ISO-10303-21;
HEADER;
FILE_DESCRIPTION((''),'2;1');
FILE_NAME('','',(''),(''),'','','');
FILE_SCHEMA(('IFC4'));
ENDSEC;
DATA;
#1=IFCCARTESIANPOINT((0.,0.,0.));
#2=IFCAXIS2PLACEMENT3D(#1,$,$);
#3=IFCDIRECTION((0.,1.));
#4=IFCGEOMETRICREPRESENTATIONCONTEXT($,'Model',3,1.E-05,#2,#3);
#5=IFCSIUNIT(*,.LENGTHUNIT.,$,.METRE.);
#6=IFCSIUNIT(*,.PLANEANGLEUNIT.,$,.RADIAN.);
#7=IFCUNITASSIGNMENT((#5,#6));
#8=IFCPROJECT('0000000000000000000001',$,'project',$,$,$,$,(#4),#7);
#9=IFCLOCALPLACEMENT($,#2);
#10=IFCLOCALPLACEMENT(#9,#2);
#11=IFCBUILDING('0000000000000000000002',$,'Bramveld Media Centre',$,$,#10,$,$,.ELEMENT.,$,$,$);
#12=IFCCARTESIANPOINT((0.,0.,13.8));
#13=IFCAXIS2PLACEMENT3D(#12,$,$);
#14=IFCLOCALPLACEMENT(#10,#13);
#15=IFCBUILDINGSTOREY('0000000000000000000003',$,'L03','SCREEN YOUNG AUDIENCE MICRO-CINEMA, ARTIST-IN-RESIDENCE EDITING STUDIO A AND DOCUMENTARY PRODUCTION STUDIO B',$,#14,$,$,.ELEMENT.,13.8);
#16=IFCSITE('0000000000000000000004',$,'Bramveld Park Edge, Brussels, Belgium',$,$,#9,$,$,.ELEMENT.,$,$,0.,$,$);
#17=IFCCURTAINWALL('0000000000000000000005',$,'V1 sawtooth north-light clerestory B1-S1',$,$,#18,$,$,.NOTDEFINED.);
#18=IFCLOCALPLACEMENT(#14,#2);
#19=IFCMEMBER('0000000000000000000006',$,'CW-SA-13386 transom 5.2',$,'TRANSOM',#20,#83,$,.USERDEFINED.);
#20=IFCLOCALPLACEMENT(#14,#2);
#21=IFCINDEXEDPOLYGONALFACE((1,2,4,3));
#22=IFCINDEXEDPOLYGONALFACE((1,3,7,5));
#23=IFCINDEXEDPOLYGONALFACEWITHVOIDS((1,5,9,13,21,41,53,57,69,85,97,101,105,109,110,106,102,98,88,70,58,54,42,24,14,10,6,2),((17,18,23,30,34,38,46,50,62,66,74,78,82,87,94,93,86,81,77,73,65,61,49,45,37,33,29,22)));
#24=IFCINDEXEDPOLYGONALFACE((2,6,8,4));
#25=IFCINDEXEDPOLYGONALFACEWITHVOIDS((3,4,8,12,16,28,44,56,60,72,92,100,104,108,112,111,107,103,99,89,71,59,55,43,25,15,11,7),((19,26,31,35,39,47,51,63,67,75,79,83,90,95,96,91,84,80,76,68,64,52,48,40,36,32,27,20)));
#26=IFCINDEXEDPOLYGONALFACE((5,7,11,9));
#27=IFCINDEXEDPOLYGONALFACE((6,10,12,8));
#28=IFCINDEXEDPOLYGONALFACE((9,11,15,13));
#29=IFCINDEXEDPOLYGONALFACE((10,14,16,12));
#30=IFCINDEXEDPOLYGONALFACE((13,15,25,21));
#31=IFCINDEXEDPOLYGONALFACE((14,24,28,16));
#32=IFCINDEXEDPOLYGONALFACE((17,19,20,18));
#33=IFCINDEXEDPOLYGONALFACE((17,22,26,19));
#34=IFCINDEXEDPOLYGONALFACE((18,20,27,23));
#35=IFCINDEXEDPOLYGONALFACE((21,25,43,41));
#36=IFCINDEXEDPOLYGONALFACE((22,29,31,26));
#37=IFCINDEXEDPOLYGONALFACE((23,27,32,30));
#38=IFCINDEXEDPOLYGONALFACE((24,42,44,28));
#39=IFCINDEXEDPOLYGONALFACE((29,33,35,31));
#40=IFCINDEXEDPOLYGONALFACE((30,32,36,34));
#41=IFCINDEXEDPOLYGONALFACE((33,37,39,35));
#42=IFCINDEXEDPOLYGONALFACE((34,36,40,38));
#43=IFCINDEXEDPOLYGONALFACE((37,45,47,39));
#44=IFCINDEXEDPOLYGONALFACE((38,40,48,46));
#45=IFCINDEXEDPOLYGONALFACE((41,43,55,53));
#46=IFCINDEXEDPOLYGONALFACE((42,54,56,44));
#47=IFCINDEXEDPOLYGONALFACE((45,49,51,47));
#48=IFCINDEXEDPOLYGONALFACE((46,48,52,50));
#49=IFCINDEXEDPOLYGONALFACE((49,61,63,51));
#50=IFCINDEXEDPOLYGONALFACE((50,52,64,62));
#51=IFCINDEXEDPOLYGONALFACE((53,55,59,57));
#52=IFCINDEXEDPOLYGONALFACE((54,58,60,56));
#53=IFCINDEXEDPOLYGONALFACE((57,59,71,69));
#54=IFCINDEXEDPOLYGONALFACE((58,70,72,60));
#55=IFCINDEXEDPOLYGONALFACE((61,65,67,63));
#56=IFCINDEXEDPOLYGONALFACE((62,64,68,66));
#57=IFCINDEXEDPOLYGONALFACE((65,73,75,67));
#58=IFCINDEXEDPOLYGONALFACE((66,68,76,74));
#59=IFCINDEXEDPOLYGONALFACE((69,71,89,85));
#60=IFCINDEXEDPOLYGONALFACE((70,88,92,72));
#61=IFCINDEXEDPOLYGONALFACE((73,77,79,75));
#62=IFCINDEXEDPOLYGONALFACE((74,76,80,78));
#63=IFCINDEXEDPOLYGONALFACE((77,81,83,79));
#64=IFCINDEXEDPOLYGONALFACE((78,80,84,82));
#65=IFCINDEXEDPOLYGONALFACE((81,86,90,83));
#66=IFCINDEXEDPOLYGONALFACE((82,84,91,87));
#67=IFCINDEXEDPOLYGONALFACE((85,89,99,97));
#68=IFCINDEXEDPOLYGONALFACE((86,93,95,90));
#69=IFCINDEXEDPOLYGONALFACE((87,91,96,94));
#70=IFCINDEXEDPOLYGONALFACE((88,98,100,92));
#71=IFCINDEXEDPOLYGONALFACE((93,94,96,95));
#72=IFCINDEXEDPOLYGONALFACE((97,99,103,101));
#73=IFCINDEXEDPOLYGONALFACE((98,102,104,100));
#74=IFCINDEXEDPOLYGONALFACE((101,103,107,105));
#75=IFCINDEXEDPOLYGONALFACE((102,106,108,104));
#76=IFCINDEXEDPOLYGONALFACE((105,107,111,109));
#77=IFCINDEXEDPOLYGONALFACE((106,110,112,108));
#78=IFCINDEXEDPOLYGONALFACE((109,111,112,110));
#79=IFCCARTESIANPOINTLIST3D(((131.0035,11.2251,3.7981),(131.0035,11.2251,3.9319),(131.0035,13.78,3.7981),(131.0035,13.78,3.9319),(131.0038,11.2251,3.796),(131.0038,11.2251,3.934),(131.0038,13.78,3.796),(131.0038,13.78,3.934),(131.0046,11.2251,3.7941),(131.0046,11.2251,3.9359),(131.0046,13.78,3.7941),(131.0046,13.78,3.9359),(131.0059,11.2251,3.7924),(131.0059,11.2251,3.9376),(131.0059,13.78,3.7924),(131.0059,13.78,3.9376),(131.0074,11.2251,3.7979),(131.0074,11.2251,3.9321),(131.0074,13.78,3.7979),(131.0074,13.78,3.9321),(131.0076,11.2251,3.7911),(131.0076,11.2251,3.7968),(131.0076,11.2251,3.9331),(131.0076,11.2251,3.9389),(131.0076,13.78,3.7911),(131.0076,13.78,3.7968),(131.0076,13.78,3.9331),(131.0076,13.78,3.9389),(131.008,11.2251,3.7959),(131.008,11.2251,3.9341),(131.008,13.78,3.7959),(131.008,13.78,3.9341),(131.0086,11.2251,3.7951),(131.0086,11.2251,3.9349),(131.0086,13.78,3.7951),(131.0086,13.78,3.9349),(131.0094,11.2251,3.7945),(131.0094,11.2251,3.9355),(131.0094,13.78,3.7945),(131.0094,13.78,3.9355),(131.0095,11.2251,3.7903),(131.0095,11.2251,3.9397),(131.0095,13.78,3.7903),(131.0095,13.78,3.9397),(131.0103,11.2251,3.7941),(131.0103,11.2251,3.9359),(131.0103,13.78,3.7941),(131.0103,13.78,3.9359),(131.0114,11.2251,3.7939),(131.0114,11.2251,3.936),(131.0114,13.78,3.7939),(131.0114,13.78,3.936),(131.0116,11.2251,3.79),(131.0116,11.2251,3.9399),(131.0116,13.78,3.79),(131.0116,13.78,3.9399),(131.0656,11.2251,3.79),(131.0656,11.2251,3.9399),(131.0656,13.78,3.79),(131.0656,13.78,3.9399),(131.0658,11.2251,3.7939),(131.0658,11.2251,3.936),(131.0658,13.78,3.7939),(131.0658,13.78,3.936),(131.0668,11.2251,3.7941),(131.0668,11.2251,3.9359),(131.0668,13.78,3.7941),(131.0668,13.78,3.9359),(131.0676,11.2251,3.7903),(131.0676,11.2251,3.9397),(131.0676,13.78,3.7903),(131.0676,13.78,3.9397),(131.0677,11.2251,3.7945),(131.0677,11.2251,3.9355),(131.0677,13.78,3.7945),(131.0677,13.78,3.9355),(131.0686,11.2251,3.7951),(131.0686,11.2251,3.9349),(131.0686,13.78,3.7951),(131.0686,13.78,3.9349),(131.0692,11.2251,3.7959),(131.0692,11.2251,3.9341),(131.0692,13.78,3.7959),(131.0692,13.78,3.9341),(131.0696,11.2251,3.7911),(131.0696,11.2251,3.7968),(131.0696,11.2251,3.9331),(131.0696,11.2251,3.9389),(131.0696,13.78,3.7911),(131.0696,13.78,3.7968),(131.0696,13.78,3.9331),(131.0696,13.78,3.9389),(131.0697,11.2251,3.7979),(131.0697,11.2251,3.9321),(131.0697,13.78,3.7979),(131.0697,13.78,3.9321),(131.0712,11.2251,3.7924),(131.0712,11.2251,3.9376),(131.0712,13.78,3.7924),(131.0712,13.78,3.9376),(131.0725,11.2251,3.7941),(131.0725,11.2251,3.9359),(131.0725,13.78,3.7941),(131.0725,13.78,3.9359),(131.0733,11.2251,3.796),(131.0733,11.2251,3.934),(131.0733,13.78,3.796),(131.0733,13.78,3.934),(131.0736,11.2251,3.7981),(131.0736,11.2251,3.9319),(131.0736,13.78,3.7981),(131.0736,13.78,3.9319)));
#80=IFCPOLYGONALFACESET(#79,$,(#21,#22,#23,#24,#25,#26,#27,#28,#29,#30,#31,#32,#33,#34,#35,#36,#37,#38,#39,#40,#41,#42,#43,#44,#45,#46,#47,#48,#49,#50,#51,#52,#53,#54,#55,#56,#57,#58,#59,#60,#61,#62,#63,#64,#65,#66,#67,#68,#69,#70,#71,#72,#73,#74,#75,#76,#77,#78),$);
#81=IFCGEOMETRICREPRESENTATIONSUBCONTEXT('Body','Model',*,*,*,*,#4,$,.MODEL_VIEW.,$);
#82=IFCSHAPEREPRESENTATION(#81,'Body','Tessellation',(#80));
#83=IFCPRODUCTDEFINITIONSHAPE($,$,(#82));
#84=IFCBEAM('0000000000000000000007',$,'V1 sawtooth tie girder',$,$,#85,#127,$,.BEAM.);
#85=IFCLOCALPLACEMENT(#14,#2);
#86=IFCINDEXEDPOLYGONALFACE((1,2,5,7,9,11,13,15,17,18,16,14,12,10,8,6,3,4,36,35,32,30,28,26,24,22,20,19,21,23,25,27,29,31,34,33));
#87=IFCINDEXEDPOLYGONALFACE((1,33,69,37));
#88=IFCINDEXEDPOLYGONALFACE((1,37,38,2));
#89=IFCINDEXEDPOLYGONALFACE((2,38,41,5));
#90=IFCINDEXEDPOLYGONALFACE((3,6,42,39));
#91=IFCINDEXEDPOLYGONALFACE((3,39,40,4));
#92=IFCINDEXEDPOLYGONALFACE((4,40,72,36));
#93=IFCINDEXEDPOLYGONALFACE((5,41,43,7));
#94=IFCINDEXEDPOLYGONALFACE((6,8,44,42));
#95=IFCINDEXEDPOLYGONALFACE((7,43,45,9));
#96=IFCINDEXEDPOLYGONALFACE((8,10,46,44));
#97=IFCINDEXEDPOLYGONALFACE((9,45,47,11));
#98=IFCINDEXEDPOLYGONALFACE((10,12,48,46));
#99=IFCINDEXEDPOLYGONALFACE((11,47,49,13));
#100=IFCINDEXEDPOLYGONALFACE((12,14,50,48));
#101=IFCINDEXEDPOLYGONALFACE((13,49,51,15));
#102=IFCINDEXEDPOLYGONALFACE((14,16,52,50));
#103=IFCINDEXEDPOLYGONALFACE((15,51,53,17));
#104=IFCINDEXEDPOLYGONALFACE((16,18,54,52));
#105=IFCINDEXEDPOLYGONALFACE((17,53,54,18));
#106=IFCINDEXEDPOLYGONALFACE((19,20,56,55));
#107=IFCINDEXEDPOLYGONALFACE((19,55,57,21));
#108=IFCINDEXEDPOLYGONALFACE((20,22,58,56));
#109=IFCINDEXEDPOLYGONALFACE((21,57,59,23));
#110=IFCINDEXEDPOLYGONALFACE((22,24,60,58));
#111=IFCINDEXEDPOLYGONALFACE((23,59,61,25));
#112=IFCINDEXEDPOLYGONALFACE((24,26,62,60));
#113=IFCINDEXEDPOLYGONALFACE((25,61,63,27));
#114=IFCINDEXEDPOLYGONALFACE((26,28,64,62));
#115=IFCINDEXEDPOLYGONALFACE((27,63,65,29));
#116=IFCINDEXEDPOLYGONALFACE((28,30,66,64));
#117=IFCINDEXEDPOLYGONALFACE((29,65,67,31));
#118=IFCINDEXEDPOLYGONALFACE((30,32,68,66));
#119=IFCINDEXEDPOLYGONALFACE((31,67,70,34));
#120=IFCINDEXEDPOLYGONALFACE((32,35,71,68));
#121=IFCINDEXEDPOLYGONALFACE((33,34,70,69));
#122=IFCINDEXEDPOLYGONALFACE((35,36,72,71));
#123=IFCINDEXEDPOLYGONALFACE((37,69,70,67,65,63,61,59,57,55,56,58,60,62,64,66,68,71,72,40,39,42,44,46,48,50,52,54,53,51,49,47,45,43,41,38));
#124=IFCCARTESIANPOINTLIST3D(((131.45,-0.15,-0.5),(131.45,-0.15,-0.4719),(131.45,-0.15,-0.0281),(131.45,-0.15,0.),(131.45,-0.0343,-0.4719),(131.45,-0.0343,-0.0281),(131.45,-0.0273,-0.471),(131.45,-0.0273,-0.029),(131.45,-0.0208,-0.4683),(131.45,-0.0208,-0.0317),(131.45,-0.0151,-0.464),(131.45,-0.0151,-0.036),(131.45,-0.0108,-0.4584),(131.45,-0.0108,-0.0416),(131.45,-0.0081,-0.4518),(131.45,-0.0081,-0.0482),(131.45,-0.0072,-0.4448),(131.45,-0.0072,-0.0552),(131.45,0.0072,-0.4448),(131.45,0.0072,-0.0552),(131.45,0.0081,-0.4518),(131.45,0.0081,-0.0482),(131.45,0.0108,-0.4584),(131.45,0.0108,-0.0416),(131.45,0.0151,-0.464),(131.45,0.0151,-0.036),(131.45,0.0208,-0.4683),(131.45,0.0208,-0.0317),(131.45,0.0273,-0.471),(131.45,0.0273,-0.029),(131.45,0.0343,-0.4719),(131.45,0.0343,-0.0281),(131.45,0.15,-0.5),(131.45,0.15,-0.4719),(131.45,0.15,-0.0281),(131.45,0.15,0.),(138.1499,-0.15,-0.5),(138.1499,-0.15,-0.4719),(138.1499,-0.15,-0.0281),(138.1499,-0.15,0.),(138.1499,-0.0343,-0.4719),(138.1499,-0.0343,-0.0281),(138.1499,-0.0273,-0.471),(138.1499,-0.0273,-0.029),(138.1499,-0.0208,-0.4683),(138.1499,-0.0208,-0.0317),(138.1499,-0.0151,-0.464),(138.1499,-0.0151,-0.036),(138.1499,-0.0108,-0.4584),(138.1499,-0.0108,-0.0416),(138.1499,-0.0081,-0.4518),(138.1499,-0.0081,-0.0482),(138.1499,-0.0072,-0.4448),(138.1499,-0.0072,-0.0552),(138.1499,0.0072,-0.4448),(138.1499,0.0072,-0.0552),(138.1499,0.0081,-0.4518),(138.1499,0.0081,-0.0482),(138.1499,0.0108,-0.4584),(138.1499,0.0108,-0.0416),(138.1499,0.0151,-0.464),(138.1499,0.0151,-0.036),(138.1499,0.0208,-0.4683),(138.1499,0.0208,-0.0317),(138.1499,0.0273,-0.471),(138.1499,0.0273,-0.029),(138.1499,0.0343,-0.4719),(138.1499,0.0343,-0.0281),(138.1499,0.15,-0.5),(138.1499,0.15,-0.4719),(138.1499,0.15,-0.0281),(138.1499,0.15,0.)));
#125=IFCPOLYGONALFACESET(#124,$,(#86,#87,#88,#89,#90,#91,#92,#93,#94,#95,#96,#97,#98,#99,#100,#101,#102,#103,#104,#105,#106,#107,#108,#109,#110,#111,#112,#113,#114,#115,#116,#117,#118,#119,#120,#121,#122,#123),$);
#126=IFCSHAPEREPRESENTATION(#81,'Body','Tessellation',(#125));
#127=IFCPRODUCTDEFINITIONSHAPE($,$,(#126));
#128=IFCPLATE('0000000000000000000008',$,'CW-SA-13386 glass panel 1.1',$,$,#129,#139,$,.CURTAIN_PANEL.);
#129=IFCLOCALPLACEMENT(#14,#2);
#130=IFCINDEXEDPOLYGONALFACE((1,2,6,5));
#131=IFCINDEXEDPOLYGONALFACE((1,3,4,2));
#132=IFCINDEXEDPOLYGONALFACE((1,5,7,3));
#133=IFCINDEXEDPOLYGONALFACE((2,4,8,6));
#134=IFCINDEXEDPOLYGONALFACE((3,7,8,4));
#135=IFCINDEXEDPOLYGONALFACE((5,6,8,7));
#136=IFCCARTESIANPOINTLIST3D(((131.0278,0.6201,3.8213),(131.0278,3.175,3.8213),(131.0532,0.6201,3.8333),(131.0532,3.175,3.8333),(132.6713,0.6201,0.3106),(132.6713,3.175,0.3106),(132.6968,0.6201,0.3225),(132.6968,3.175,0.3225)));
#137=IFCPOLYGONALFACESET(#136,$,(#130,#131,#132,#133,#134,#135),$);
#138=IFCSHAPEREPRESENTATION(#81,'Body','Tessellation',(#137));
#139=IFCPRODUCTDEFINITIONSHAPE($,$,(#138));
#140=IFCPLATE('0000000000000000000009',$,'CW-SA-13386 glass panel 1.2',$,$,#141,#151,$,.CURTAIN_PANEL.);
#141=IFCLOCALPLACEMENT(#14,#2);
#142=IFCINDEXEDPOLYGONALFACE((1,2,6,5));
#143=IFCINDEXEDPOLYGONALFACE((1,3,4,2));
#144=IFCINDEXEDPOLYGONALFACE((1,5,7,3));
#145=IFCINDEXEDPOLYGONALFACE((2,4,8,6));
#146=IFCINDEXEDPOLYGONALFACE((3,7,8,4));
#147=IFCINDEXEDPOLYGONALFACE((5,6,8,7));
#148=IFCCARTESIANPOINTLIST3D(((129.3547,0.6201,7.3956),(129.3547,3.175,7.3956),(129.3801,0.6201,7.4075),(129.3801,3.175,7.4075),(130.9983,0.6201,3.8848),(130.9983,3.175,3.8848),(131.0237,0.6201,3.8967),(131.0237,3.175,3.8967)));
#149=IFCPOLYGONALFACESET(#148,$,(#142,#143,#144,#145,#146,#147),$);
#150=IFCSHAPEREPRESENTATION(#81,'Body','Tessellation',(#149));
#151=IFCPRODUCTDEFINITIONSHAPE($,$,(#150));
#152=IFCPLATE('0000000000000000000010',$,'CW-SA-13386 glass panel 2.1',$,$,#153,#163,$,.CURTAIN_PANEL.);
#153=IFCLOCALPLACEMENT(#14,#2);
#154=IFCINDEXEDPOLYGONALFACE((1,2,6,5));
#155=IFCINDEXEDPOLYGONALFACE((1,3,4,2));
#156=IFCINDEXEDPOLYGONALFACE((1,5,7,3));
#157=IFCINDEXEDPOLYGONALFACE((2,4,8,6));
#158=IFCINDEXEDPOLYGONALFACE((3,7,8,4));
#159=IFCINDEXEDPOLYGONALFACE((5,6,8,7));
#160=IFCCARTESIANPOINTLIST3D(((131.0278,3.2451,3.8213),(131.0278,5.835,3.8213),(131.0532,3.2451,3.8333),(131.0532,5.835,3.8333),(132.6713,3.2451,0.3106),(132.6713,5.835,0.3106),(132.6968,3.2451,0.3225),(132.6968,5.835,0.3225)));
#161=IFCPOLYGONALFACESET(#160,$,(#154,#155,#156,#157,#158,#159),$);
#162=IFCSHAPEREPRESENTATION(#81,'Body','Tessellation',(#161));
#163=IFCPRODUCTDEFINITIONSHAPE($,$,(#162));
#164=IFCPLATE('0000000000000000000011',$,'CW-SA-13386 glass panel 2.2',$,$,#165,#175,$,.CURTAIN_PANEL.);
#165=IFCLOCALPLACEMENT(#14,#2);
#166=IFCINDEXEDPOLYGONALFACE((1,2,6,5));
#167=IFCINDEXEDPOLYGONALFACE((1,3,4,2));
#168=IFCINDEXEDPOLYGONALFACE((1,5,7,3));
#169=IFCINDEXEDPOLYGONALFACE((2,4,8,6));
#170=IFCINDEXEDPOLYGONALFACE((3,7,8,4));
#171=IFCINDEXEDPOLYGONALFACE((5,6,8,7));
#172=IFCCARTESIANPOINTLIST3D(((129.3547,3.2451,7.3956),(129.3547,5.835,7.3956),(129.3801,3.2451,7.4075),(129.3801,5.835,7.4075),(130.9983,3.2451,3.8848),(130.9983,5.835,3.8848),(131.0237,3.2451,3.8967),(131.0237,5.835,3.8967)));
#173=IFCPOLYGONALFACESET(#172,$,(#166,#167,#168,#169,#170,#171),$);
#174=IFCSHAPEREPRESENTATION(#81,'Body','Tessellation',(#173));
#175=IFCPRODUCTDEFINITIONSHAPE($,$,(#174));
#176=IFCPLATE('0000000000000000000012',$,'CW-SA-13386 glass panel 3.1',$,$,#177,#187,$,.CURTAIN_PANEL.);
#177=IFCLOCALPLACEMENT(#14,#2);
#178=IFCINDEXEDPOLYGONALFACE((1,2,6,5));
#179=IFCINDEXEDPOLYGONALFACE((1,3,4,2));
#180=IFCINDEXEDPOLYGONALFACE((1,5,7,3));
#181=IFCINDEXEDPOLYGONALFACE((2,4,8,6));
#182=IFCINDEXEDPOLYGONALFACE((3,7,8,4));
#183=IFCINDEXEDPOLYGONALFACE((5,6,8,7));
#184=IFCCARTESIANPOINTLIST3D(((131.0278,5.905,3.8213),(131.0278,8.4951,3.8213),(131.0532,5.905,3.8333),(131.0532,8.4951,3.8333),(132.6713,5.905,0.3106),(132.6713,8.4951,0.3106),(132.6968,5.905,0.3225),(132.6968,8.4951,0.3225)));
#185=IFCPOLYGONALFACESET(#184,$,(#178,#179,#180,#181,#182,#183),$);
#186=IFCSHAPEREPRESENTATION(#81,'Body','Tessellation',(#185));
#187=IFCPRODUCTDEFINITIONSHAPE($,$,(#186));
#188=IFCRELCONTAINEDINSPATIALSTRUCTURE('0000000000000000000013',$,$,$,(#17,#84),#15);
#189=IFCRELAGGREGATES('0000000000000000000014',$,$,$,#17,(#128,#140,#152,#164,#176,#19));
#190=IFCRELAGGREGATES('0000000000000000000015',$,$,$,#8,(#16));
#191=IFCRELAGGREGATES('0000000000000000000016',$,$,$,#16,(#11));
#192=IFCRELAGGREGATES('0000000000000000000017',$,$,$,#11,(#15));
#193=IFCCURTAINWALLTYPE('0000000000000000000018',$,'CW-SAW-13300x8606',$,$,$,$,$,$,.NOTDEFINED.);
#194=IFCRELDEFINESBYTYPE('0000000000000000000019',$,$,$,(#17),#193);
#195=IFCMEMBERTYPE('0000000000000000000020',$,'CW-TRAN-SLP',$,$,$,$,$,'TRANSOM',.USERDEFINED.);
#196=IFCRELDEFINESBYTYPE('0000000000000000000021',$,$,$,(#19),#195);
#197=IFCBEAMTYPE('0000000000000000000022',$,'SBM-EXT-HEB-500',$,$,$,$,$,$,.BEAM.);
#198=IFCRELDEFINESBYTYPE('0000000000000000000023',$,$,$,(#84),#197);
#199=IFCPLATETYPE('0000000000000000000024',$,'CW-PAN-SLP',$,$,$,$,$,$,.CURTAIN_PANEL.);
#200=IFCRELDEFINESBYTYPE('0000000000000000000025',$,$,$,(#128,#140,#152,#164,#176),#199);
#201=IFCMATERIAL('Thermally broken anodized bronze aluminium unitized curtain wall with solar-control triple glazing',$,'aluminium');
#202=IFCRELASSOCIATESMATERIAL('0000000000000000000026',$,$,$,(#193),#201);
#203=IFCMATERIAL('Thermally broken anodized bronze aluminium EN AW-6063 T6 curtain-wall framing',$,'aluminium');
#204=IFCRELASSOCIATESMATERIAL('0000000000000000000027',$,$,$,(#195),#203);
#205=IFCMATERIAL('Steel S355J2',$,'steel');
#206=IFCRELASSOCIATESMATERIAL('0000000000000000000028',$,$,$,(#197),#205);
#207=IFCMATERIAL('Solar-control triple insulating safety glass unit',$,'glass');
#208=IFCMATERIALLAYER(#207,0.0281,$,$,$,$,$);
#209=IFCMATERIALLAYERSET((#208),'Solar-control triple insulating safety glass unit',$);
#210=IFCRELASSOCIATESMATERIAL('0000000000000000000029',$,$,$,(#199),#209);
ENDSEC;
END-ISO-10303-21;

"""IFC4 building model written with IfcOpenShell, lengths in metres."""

from ifc_helpers import new_model, si_unit, direction, frame, origin, origin_2d, place, context, subcontext, project, spatial, polyline, hollow_rectangle, i_section, outline, extrude, material, layer, layer_set, material_profile, profile_set, type_object, element, aggregate, save


model = new_model("IFC4")

# Units and contexts
model_context = context("Model", 3, precision=1e-05, world=origin(), true_north=direction((0.0, 1.0)))
body_context = subcontext(model_context, "Body", "Model", "MODEL_VIEW")
ifc_project = project(units=[si_unit("LENGTHUNIT", "METRE"), si_unit("PLANEANGLEUNIT", "RADIAN")], contexts=[model_context])

# Site, building, storey
site_placement = place(None, origin())
site = spatial("IfcSite", under=ifc_project, at=site_placement, Name="Bramveld Park Edge, Brussels, Belgium", CompositionType="ELEMENT", RefElevation=0.0)
building_placement = place(site_placement, origin())
building = spatial("IfcBuilding", under=site, at=building_placement, Name="Bramveld Media Centre", CompositionType="ELEMENT")
storey_placement = place(building_placement, frame((0.0, 0.0, 13.8)))
storey = spatial("IfcBuildingStorey", under=building, at=storey_placement, Name="L03", Description="SCREEN YOUNG AUDIENCE MICRO-CINEMA, ARTIST-IN-RESIDENCE EDITING STUDIO A AND DOCUMENTARY PRODUCTION STUDIO B", CompositionType="ELEMENT", Elevation=13.8)

# Curtain wall, member
ifc_material_1 = material(Name="Thermally broken anodized bronze aluminium unitized curtain wall with solar-control triple glazing", Category="aluminium")
curtain_wall_type = type_object("IfcCurtainWallType", Name="CW-SAW-13300x8606", PredefinedType="NOTDEFINED", material=ifc_material_1)
curtain_wall_placement = place(storey_placement, origin())
curtain_wall = element("IfcCurtainWall", 1, at=curtain_wall_placement, inside=storey, type_object=curtain_wall_type, Name="V1 sawtooth north-light clerestory B1-S1", PredefinedType="NOTDEFINED")
ifc_material_2 = material(Name="Thermally broken anodized bronze aluminium EN AW-6063 T6 curtain-wall framing", Category="aluminium")
ifc_material_profile_1 = material_profile(ifc_material_2, hollow_rectangle(XDim=0.0701, YDim=0.1499, WallThickness=0.0039, InnerFilletRadius=0.0039, OuterFilletRadius=0.0081, at=origin_2d()), Name="AL-TRAN 70x150")
ifc_profile_set_1 = profile_set([ifc_material_profile_1], Name="Thermally broken anodized bronze aluminium EN AW-6063 T6 curtain-wall framing")
member_type = type_object("IfcMemberType", Name="CW-TRAN-SLP", ElementType="TRANSOM", PredefinedType="USERDEFINED", material=ifc_profile_set_1)
member_1_placement = place(storey_placement, frame((131.0386, 11.2251, 3.865), z_axis=(0.0, 1.0, 0.0), x_axis=(-1.0, 0.0, 0.0)))
member_1 = element("IfcMember", 2, at=member_1_placement, type_object=member_type, Name="CW-SA-13386 transom 5.2", ObjectType="TRANSOM", PredefinedType="USERDEFINED", context=body_context, shape_type="SweptSolid", body=[
    extrude(hollow_rectangle(XDim=0.0701, YDim=0.1499, WallThickness=0.0039, InnerFilletRadius=0.0039, OuterFilletRadius=0.0081, at=origin_2d()), origin(), (0.0, 0.0, 1.0), 2.5549),
])

# Beam
ifc_material_3 = material(Name="Steel S355J2", Category="steel")
ifc_material_profile_2 = material_profile(ifc_material_3, i_section(OverallWidth=0.3, OverallDepth=0.5, WebThickness=0.0144, FlangeThickness=0.0281, FilletRadius=0.0271, at=origin_2d()), Name="HEB 500")
ifc_profile_set_2 = profile_set([ifc_material_profile_2], Name="Steel S355J2")
beam_type = type_object("IfcBeamType", Name="SBM-EXT-HEB-500", PredefinedType="BEAM", material=ifc_profile_set_2)
beam_placement = place(storey_placement, frame((131.45, 0.0, -0.25), z_axis=(1.0, 0.0, 0.0), x_axis=(0.0, 1.0, 0.0)))
element("IfcBeam", 3, at=beam_placement, inside=storey, type_object=beam_type, Name="V1 sawtooth tie girder", PredefinedType="BEAM", context=body_context, shape_type="SweptSolid", body=[
    extrude(i_section(OverallWidth=0.3, OverallDepth=0.5, WebThickness=0.0144, FlangeThickness=0.0281, FilletRadius=0.0271, at=origin_2d()), origin(), (0.0, 0.0, 1.0), 6.7),
])

# Plates
ifc_material_4 = material(Name="Solar-control triple insulating safety glass unit", Category="glass")
ifc_layer_1 = layer(ifc_material_4, 0.0281)
ifc_layer_set_1 = layer_set([ifc_layer_1], Name="Solar-control triple insulating safety glass unit")
plate_type_1 = type_object("IfcPlateType", Name="CW-PAN-SLP", PredefinedType="CURTAIN_PANEL", material=ifc_layer_set_1)
plate_1_placement = place(storey_placement, frame((132.6968, 0.6201, 0.3225), z_axis=(0.905668, 0.0, 0.423988), x_axis=(0.0, 1.0, 0.0)))
plate_1 = element("IfcPlate", 4, at=plate_1_placement, type_object=plate_type_1, Name="CW-SA-13386 glass panel 1.1", PredefinedType="CURTAIN_PANEL", context=body_context, shape_type="SweptSolid", body=[
    extrude(outline(polyline([(0.0, 0.0), (2.5549, 0.0), (2.5549, 3.8764), (0.0, 3.8764), (0.0, 0.0)])), origin(), (0.0, 0.0, -1.0), 0.0281),
])
plate_2_placement = place(storey_placement, frame((131.0237, 0.6201, 3.8967), z_axis=(0.905668, 0.0, 0.423988), x_axis=(0.0, 1.0, 0.0)))
plate_2 = element("IfcPlate", 5, at=plate_2_placement, type_object=plate_type_1, Name="CW-SA-13386 glass panel 1.2", PredefinedType="CURTAIN_PANEL", context=body_context, shape_type="SweptSolid", body=[
    extrude(outline(polyline([(0.0, 0.0), (2.5549, 0.0), (2.5549, 3.8764), (0.0, 3.8764), (0.0, 0.0)])), origin(), (0.0, 0.0, -1.0), 0.0281),
])
plate_3_placement = place(storey_placement, frame((132.6968, 3.2451, 0.3225), z_axis=(0.905668, 0.0, 0.423988), x_axis=(0.0, 1.0, 0.0)))
plate_3 = element("IfcPlate", 6, at=plate_3_placement, type_object=plate_type_1, Name="CW-SA-13386 glass panel 2.1", PredefinedType="CURTAIN_PANEL", context=body_context, shape_type="SweptSolid", body=[
    extrude(outline(polyline([(0.0, 0.0), (2.5898, 0.0), (2.5898, 3.8764), (0.0, 3.8764), (0.0, 0.0)])), origin(), (0.0, 0.0, -1.0), 0.0281),
])
plate_4_placement = place(storey_placement, frame((131.0237, 3.2451, 3.8967), z_axis=(0.905668, 0.0, 0.423988), x_axis=(0.0, 1.0, 0.0)))
plate_4 = element("IfcPlate", 7, at=plate_4_placement, type_object=plate_type_1, Name="CW-SA-13386 glass panel 2.2", PredefinedType="CURTAIN_PANEL", context=body_context, shape_type="SweptSolid", body=[
    extrude(outline(polyline([(0.0, 0.0), (2.5898, 0.0), (2.5898, 3.8764), (0.0, 3.8764), (0.0, 0.0)])), origin(), (0.0, 0.0, -1.0), 0.0281),
])
plate_5_placement = place(storey_placement, frame((132.6968, 5.905, 0.3225), z_axis=(0.905668, 0.0, 0.423988), x_axis=(0.0, 1.0, 0.0)))
plate_5 = element("IfcPlate", 8, at=plate_5_placement, type_object=plate_type_1, Name="CW-SA-13386 glass panel 3.1", PredefinedType="CURTAIN_PANEL", context=body_context, shape_type="SweptSolid", body=[
    extrude(outline(polyline([(0.0, 0.0), (2.5901, 0.0), (2.5901, 3.8764), (0.0, 3.8764), (0.0, 0.0)])), origin(), (0.0, 0.0, -1.0), 0.0281),
])
aggregate(curtain_wall, [plate_1, plate_2, plate_3, plate_4, plate_5, member_1])

save(model, "model.ifc")
